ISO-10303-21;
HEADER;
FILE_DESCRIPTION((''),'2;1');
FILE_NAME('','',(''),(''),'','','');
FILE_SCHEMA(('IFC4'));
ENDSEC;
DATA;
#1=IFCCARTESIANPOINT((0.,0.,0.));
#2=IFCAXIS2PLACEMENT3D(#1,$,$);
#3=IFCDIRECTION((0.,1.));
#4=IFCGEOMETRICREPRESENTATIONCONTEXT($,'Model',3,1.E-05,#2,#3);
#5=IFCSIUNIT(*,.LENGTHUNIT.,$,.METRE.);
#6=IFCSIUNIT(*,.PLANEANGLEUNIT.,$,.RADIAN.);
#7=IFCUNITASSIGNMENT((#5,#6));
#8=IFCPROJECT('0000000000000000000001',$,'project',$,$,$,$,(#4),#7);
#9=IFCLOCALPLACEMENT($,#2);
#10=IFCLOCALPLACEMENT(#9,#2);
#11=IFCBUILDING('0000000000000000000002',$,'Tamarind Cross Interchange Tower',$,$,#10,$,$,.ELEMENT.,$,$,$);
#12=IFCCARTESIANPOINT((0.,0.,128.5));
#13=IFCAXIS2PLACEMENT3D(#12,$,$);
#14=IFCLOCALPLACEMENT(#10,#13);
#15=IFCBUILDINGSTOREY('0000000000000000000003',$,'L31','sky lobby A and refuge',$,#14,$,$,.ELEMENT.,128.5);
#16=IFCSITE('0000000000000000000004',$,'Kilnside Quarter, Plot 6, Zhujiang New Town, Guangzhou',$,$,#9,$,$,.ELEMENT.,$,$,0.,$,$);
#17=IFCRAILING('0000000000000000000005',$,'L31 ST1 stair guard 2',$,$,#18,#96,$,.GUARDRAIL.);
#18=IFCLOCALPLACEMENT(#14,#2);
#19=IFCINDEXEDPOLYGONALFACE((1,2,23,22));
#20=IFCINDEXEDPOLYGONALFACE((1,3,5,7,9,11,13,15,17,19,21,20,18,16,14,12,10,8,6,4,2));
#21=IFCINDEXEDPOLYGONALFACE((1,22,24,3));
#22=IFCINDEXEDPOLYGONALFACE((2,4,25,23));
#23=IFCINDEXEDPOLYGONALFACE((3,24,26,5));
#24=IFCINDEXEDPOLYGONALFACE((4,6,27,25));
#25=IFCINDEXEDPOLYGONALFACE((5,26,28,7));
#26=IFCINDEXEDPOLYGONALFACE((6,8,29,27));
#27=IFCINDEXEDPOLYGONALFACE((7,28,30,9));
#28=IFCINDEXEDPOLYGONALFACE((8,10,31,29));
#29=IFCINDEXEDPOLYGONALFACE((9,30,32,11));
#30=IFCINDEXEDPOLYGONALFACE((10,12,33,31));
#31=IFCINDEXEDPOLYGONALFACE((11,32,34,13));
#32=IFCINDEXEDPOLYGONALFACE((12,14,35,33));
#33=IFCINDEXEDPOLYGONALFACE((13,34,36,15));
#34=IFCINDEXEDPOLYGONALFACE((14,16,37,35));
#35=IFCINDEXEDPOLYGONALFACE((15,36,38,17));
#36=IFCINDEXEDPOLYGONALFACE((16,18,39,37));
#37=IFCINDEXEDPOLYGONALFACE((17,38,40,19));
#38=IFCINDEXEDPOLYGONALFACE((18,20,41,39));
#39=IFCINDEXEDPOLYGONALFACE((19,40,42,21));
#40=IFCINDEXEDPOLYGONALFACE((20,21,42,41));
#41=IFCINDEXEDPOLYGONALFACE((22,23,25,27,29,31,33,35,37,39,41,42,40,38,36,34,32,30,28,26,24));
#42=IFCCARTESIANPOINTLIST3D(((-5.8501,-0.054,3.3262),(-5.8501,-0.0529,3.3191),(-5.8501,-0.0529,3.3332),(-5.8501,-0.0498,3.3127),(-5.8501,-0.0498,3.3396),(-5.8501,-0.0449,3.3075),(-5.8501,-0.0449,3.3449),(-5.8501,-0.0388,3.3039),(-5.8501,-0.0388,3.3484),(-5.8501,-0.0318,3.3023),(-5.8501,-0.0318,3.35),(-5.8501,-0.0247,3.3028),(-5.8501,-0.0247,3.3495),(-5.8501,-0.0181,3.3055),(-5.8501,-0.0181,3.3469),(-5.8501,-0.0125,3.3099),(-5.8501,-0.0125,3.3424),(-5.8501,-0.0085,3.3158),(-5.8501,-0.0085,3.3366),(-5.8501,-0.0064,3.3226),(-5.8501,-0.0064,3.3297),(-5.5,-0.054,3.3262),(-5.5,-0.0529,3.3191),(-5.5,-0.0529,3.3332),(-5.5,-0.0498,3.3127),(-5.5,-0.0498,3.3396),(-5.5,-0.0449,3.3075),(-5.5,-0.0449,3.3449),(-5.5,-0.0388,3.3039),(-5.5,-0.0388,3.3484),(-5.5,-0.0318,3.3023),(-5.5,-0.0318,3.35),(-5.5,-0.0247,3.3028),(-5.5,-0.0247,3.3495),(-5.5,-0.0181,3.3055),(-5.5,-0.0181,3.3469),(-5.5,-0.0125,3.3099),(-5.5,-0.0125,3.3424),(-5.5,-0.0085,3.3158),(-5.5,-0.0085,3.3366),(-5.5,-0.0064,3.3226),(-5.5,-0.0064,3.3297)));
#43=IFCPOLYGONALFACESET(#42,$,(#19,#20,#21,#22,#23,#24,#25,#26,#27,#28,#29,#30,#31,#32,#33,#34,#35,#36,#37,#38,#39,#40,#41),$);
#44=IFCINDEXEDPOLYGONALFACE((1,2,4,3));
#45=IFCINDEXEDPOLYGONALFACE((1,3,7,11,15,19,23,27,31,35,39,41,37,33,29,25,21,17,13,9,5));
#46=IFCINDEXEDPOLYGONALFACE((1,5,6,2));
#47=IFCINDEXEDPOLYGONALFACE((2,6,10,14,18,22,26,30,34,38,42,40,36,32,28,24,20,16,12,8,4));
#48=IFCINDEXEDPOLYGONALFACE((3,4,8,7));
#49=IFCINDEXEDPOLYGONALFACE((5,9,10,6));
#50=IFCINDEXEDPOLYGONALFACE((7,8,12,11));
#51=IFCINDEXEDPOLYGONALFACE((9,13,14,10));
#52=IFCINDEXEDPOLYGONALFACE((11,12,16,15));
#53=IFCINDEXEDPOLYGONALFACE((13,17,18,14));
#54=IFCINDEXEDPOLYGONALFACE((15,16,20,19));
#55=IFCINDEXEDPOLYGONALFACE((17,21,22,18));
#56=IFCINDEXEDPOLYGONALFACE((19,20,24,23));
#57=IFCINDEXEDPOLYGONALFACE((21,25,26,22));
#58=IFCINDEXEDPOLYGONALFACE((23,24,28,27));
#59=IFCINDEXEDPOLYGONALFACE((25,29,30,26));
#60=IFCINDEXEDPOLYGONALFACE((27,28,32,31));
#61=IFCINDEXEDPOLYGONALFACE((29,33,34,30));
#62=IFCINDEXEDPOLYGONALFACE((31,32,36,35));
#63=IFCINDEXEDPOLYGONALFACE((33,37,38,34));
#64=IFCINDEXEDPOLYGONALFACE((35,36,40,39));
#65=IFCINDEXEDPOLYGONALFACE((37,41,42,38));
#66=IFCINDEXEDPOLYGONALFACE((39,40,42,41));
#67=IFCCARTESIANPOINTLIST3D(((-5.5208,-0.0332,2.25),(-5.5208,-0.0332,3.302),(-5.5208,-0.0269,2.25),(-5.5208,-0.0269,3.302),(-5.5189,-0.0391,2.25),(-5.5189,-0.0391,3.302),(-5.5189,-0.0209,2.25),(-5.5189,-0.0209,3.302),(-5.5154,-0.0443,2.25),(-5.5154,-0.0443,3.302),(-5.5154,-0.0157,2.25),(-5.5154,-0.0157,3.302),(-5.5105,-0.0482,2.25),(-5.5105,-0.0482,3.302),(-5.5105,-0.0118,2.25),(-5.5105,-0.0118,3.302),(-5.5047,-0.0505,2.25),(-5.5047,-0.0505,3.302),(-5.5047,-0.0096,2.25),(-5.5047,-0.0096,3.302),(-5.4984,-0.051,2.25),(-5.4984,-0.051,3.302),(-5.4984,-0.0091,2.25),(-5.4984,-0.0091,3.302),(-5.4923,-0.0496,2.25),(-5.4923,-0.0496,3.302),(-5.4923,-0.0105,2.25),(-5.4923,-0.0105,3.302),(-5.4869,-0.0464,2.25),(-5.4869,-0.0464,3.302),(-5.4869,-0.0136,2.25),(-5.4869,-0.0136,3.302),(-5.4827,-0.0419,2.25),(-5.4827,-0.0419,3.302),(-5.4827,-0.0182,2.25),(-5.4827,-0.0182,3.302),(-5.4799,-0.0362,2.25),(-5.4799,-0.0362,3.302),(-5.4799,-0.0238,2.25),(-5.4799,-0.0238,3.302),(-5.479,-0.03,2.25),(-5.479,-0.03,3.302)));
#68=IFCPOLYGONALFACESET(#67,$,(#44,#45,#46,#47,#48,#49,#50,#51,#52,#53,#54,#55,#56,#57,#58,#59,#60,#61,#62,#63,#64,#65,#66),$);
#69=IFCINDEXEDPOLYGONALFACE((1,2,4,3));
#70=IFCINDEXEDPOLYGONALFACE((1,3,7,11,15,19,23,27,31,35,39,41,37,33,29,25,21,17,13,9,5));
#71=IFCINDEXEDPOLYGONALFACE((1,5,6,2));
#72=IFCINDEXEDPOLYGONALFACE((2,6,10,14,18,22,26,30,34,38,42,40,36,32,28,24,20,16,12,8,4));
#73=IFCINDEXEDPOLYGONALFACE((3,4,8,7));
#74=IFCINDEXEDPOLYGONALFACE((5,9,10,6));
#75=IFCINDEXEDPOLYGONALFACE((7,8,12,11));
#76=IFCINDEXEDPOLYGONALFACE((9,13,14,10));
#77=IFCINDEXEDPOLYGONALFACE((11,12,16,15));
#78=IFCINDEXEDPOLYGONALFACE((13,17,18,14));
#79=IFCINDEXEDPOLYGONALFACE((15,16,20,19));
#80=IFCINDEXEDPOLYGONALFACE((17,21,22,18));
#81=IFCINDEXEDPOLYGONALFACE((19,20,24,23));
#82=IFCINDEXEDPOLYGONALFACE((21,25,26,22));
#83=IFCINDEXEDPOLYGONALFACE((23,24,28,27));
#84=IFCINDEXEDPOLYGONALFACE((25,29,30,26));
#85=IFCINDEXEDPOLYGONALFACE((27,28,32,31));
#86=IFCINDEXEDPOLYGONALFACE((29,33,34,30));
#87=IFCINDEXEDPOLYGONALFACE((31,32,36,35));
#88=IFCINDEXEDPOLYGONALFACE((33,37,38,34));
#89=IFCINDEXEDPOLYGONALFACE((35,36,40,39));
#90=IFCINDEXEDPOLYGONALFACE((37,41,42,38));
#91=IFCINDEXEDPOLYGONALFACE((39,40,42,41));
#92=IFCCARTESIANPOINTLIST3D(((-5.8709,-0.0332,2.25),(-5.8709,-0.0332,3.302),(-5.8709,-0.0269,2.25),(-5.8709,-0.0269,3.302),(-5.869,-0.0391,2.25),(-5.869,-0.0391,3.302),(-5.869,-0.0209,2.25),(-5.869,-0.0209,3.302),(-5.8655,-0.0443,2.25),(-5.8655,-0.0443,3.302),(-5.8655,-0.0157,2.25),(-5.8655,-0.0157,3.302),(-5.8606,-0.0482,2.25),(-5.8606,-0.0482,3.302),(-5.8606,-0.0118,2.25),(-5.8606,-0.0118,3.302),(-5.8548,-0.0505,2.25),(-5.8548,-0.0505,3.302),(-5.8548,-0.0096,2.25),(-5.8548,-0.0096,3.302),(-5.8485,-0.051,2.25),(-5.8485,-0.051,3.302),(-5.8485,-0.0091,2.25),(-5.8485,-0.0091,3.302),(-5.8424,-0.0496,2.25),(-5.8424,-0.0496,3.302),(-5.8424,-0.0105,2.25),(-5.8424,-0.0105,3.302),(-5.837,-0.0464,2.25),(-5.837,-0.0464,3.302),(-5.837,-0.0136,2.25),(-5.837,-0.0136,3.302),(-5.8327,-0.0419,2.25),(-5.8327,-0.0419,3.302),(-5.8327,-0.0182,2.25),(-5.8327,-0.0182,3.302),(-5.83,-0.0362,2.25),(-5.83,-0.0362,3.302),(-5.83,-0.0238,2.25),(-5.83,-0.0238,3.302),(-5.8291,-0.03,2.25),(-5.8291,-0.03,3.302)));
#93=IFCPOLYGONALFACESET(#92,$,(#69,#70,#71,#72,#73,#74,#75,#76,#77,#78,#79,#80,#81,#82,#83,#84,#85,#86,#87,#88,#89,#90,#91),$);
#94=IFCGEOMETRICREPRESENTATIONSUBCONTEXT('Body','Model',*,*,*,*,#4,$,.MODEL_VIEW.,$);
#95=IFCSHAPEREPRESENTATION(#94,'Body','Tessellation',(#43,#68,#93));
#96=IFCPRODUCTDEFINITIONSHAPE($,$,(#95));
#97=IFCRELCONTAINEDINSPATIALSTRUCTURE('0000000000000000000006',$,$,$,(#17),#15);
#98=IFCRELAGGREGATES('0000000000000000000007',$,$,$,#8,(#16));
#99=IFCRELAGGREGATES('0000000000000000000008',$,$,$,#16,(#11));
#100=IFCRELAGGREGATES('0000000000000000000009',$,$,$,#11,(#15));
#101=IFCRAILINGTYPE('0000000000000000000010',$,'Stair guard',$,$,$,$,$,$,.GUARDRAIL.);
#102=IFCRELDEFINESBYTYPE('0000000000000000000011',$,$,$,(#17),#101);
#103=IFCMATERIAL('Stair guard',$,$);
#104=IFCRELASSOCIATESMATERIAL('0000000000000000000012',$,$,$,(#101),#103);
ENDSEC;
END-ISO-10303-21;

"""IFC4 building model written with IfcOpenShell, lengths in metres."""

from ifc_helpers import new_model, si_unit, direction, frame, origin, origin_2d, place, context, subcontext, project, spatial, circle, extrude, material, type_object, element, save


model = new_model("IFC4")

# Units and contexts
model_context = context("Model", 3, precision=1e-05, world=origin(), true_north=direction((0.0, 1.0)))
body_context = subcontext(model_context, "Body", "Model", "MODEL_VIEW")
ifc_project = project(units=[si_unit("LENGTHUNIT", "METRE"), si_unit("PLANEANGLEUNIT", "RADIAN")], contexts=[model_context])

# Site, building, storey
site_placement = place(None, origin())
site = spatial("IfcSite", under=ifc_project, at=site_placement, Name="Kilnside Quarter, Plot 6, Zhujiang New Town, Guangzhou", CompositionType="ELEMENT", RefElevation=0.0)
building_placement = place(site_placement, origin())
building = spatial("IfcBuilding", under=site, at=building_placement, Name="Tamarind Cross Interchange Tower", CompositionType="ELEMENT")
storey_placement = place(building_placement, frame((0.0, 0.0, 128.5)))
storey = spatial("IfcBuildingStorey", under=building, at=storey_placement, Name="L31", Description="sky lobby A and refuge", CompositionType="ELEMENT", Elevation=128.5)

# Railing
ifc_material_1 = material(Name="Stair guard")
railing_type_1 = type_object("IfcRailingType", Name="Stair guard", PredefinedType="GUARDRAIL", material=ifc_material_1)
railing_1_placement = place(storey_placement, frame((-5.5, -0.03, 2.25)))
element("IfcRailing", 1, at=railing_1_placement, inside=storey, type_object=railing_type_1, Name="L31 ST1 stair guard 2", PredefinedType="GUARDRAIL", context=body_context, shape_type="SweptSolid", body=[
    extrude(circle(Radius=0.0239, at=origin_2d()), frame((0.0, 0.0, 1.0762), z_axis=(-1.0, 0.0, 0.0), x_axis=(0.0, -1.0, 0.0)), (0.0, 0.0, 1.0), 0.3501),
    extrude(circle(Radius=0.021, at=origin_2d()), origin(), (0.0, 0.0, 1.0), 1.052),
    extrude(circle(Radius=0.021, at=origin_2d()), frame((-0.3501, 0.0, 0.0)), (0.0, 0.0, 1.0), 1.052),
])

save(model, "model.ifc")
